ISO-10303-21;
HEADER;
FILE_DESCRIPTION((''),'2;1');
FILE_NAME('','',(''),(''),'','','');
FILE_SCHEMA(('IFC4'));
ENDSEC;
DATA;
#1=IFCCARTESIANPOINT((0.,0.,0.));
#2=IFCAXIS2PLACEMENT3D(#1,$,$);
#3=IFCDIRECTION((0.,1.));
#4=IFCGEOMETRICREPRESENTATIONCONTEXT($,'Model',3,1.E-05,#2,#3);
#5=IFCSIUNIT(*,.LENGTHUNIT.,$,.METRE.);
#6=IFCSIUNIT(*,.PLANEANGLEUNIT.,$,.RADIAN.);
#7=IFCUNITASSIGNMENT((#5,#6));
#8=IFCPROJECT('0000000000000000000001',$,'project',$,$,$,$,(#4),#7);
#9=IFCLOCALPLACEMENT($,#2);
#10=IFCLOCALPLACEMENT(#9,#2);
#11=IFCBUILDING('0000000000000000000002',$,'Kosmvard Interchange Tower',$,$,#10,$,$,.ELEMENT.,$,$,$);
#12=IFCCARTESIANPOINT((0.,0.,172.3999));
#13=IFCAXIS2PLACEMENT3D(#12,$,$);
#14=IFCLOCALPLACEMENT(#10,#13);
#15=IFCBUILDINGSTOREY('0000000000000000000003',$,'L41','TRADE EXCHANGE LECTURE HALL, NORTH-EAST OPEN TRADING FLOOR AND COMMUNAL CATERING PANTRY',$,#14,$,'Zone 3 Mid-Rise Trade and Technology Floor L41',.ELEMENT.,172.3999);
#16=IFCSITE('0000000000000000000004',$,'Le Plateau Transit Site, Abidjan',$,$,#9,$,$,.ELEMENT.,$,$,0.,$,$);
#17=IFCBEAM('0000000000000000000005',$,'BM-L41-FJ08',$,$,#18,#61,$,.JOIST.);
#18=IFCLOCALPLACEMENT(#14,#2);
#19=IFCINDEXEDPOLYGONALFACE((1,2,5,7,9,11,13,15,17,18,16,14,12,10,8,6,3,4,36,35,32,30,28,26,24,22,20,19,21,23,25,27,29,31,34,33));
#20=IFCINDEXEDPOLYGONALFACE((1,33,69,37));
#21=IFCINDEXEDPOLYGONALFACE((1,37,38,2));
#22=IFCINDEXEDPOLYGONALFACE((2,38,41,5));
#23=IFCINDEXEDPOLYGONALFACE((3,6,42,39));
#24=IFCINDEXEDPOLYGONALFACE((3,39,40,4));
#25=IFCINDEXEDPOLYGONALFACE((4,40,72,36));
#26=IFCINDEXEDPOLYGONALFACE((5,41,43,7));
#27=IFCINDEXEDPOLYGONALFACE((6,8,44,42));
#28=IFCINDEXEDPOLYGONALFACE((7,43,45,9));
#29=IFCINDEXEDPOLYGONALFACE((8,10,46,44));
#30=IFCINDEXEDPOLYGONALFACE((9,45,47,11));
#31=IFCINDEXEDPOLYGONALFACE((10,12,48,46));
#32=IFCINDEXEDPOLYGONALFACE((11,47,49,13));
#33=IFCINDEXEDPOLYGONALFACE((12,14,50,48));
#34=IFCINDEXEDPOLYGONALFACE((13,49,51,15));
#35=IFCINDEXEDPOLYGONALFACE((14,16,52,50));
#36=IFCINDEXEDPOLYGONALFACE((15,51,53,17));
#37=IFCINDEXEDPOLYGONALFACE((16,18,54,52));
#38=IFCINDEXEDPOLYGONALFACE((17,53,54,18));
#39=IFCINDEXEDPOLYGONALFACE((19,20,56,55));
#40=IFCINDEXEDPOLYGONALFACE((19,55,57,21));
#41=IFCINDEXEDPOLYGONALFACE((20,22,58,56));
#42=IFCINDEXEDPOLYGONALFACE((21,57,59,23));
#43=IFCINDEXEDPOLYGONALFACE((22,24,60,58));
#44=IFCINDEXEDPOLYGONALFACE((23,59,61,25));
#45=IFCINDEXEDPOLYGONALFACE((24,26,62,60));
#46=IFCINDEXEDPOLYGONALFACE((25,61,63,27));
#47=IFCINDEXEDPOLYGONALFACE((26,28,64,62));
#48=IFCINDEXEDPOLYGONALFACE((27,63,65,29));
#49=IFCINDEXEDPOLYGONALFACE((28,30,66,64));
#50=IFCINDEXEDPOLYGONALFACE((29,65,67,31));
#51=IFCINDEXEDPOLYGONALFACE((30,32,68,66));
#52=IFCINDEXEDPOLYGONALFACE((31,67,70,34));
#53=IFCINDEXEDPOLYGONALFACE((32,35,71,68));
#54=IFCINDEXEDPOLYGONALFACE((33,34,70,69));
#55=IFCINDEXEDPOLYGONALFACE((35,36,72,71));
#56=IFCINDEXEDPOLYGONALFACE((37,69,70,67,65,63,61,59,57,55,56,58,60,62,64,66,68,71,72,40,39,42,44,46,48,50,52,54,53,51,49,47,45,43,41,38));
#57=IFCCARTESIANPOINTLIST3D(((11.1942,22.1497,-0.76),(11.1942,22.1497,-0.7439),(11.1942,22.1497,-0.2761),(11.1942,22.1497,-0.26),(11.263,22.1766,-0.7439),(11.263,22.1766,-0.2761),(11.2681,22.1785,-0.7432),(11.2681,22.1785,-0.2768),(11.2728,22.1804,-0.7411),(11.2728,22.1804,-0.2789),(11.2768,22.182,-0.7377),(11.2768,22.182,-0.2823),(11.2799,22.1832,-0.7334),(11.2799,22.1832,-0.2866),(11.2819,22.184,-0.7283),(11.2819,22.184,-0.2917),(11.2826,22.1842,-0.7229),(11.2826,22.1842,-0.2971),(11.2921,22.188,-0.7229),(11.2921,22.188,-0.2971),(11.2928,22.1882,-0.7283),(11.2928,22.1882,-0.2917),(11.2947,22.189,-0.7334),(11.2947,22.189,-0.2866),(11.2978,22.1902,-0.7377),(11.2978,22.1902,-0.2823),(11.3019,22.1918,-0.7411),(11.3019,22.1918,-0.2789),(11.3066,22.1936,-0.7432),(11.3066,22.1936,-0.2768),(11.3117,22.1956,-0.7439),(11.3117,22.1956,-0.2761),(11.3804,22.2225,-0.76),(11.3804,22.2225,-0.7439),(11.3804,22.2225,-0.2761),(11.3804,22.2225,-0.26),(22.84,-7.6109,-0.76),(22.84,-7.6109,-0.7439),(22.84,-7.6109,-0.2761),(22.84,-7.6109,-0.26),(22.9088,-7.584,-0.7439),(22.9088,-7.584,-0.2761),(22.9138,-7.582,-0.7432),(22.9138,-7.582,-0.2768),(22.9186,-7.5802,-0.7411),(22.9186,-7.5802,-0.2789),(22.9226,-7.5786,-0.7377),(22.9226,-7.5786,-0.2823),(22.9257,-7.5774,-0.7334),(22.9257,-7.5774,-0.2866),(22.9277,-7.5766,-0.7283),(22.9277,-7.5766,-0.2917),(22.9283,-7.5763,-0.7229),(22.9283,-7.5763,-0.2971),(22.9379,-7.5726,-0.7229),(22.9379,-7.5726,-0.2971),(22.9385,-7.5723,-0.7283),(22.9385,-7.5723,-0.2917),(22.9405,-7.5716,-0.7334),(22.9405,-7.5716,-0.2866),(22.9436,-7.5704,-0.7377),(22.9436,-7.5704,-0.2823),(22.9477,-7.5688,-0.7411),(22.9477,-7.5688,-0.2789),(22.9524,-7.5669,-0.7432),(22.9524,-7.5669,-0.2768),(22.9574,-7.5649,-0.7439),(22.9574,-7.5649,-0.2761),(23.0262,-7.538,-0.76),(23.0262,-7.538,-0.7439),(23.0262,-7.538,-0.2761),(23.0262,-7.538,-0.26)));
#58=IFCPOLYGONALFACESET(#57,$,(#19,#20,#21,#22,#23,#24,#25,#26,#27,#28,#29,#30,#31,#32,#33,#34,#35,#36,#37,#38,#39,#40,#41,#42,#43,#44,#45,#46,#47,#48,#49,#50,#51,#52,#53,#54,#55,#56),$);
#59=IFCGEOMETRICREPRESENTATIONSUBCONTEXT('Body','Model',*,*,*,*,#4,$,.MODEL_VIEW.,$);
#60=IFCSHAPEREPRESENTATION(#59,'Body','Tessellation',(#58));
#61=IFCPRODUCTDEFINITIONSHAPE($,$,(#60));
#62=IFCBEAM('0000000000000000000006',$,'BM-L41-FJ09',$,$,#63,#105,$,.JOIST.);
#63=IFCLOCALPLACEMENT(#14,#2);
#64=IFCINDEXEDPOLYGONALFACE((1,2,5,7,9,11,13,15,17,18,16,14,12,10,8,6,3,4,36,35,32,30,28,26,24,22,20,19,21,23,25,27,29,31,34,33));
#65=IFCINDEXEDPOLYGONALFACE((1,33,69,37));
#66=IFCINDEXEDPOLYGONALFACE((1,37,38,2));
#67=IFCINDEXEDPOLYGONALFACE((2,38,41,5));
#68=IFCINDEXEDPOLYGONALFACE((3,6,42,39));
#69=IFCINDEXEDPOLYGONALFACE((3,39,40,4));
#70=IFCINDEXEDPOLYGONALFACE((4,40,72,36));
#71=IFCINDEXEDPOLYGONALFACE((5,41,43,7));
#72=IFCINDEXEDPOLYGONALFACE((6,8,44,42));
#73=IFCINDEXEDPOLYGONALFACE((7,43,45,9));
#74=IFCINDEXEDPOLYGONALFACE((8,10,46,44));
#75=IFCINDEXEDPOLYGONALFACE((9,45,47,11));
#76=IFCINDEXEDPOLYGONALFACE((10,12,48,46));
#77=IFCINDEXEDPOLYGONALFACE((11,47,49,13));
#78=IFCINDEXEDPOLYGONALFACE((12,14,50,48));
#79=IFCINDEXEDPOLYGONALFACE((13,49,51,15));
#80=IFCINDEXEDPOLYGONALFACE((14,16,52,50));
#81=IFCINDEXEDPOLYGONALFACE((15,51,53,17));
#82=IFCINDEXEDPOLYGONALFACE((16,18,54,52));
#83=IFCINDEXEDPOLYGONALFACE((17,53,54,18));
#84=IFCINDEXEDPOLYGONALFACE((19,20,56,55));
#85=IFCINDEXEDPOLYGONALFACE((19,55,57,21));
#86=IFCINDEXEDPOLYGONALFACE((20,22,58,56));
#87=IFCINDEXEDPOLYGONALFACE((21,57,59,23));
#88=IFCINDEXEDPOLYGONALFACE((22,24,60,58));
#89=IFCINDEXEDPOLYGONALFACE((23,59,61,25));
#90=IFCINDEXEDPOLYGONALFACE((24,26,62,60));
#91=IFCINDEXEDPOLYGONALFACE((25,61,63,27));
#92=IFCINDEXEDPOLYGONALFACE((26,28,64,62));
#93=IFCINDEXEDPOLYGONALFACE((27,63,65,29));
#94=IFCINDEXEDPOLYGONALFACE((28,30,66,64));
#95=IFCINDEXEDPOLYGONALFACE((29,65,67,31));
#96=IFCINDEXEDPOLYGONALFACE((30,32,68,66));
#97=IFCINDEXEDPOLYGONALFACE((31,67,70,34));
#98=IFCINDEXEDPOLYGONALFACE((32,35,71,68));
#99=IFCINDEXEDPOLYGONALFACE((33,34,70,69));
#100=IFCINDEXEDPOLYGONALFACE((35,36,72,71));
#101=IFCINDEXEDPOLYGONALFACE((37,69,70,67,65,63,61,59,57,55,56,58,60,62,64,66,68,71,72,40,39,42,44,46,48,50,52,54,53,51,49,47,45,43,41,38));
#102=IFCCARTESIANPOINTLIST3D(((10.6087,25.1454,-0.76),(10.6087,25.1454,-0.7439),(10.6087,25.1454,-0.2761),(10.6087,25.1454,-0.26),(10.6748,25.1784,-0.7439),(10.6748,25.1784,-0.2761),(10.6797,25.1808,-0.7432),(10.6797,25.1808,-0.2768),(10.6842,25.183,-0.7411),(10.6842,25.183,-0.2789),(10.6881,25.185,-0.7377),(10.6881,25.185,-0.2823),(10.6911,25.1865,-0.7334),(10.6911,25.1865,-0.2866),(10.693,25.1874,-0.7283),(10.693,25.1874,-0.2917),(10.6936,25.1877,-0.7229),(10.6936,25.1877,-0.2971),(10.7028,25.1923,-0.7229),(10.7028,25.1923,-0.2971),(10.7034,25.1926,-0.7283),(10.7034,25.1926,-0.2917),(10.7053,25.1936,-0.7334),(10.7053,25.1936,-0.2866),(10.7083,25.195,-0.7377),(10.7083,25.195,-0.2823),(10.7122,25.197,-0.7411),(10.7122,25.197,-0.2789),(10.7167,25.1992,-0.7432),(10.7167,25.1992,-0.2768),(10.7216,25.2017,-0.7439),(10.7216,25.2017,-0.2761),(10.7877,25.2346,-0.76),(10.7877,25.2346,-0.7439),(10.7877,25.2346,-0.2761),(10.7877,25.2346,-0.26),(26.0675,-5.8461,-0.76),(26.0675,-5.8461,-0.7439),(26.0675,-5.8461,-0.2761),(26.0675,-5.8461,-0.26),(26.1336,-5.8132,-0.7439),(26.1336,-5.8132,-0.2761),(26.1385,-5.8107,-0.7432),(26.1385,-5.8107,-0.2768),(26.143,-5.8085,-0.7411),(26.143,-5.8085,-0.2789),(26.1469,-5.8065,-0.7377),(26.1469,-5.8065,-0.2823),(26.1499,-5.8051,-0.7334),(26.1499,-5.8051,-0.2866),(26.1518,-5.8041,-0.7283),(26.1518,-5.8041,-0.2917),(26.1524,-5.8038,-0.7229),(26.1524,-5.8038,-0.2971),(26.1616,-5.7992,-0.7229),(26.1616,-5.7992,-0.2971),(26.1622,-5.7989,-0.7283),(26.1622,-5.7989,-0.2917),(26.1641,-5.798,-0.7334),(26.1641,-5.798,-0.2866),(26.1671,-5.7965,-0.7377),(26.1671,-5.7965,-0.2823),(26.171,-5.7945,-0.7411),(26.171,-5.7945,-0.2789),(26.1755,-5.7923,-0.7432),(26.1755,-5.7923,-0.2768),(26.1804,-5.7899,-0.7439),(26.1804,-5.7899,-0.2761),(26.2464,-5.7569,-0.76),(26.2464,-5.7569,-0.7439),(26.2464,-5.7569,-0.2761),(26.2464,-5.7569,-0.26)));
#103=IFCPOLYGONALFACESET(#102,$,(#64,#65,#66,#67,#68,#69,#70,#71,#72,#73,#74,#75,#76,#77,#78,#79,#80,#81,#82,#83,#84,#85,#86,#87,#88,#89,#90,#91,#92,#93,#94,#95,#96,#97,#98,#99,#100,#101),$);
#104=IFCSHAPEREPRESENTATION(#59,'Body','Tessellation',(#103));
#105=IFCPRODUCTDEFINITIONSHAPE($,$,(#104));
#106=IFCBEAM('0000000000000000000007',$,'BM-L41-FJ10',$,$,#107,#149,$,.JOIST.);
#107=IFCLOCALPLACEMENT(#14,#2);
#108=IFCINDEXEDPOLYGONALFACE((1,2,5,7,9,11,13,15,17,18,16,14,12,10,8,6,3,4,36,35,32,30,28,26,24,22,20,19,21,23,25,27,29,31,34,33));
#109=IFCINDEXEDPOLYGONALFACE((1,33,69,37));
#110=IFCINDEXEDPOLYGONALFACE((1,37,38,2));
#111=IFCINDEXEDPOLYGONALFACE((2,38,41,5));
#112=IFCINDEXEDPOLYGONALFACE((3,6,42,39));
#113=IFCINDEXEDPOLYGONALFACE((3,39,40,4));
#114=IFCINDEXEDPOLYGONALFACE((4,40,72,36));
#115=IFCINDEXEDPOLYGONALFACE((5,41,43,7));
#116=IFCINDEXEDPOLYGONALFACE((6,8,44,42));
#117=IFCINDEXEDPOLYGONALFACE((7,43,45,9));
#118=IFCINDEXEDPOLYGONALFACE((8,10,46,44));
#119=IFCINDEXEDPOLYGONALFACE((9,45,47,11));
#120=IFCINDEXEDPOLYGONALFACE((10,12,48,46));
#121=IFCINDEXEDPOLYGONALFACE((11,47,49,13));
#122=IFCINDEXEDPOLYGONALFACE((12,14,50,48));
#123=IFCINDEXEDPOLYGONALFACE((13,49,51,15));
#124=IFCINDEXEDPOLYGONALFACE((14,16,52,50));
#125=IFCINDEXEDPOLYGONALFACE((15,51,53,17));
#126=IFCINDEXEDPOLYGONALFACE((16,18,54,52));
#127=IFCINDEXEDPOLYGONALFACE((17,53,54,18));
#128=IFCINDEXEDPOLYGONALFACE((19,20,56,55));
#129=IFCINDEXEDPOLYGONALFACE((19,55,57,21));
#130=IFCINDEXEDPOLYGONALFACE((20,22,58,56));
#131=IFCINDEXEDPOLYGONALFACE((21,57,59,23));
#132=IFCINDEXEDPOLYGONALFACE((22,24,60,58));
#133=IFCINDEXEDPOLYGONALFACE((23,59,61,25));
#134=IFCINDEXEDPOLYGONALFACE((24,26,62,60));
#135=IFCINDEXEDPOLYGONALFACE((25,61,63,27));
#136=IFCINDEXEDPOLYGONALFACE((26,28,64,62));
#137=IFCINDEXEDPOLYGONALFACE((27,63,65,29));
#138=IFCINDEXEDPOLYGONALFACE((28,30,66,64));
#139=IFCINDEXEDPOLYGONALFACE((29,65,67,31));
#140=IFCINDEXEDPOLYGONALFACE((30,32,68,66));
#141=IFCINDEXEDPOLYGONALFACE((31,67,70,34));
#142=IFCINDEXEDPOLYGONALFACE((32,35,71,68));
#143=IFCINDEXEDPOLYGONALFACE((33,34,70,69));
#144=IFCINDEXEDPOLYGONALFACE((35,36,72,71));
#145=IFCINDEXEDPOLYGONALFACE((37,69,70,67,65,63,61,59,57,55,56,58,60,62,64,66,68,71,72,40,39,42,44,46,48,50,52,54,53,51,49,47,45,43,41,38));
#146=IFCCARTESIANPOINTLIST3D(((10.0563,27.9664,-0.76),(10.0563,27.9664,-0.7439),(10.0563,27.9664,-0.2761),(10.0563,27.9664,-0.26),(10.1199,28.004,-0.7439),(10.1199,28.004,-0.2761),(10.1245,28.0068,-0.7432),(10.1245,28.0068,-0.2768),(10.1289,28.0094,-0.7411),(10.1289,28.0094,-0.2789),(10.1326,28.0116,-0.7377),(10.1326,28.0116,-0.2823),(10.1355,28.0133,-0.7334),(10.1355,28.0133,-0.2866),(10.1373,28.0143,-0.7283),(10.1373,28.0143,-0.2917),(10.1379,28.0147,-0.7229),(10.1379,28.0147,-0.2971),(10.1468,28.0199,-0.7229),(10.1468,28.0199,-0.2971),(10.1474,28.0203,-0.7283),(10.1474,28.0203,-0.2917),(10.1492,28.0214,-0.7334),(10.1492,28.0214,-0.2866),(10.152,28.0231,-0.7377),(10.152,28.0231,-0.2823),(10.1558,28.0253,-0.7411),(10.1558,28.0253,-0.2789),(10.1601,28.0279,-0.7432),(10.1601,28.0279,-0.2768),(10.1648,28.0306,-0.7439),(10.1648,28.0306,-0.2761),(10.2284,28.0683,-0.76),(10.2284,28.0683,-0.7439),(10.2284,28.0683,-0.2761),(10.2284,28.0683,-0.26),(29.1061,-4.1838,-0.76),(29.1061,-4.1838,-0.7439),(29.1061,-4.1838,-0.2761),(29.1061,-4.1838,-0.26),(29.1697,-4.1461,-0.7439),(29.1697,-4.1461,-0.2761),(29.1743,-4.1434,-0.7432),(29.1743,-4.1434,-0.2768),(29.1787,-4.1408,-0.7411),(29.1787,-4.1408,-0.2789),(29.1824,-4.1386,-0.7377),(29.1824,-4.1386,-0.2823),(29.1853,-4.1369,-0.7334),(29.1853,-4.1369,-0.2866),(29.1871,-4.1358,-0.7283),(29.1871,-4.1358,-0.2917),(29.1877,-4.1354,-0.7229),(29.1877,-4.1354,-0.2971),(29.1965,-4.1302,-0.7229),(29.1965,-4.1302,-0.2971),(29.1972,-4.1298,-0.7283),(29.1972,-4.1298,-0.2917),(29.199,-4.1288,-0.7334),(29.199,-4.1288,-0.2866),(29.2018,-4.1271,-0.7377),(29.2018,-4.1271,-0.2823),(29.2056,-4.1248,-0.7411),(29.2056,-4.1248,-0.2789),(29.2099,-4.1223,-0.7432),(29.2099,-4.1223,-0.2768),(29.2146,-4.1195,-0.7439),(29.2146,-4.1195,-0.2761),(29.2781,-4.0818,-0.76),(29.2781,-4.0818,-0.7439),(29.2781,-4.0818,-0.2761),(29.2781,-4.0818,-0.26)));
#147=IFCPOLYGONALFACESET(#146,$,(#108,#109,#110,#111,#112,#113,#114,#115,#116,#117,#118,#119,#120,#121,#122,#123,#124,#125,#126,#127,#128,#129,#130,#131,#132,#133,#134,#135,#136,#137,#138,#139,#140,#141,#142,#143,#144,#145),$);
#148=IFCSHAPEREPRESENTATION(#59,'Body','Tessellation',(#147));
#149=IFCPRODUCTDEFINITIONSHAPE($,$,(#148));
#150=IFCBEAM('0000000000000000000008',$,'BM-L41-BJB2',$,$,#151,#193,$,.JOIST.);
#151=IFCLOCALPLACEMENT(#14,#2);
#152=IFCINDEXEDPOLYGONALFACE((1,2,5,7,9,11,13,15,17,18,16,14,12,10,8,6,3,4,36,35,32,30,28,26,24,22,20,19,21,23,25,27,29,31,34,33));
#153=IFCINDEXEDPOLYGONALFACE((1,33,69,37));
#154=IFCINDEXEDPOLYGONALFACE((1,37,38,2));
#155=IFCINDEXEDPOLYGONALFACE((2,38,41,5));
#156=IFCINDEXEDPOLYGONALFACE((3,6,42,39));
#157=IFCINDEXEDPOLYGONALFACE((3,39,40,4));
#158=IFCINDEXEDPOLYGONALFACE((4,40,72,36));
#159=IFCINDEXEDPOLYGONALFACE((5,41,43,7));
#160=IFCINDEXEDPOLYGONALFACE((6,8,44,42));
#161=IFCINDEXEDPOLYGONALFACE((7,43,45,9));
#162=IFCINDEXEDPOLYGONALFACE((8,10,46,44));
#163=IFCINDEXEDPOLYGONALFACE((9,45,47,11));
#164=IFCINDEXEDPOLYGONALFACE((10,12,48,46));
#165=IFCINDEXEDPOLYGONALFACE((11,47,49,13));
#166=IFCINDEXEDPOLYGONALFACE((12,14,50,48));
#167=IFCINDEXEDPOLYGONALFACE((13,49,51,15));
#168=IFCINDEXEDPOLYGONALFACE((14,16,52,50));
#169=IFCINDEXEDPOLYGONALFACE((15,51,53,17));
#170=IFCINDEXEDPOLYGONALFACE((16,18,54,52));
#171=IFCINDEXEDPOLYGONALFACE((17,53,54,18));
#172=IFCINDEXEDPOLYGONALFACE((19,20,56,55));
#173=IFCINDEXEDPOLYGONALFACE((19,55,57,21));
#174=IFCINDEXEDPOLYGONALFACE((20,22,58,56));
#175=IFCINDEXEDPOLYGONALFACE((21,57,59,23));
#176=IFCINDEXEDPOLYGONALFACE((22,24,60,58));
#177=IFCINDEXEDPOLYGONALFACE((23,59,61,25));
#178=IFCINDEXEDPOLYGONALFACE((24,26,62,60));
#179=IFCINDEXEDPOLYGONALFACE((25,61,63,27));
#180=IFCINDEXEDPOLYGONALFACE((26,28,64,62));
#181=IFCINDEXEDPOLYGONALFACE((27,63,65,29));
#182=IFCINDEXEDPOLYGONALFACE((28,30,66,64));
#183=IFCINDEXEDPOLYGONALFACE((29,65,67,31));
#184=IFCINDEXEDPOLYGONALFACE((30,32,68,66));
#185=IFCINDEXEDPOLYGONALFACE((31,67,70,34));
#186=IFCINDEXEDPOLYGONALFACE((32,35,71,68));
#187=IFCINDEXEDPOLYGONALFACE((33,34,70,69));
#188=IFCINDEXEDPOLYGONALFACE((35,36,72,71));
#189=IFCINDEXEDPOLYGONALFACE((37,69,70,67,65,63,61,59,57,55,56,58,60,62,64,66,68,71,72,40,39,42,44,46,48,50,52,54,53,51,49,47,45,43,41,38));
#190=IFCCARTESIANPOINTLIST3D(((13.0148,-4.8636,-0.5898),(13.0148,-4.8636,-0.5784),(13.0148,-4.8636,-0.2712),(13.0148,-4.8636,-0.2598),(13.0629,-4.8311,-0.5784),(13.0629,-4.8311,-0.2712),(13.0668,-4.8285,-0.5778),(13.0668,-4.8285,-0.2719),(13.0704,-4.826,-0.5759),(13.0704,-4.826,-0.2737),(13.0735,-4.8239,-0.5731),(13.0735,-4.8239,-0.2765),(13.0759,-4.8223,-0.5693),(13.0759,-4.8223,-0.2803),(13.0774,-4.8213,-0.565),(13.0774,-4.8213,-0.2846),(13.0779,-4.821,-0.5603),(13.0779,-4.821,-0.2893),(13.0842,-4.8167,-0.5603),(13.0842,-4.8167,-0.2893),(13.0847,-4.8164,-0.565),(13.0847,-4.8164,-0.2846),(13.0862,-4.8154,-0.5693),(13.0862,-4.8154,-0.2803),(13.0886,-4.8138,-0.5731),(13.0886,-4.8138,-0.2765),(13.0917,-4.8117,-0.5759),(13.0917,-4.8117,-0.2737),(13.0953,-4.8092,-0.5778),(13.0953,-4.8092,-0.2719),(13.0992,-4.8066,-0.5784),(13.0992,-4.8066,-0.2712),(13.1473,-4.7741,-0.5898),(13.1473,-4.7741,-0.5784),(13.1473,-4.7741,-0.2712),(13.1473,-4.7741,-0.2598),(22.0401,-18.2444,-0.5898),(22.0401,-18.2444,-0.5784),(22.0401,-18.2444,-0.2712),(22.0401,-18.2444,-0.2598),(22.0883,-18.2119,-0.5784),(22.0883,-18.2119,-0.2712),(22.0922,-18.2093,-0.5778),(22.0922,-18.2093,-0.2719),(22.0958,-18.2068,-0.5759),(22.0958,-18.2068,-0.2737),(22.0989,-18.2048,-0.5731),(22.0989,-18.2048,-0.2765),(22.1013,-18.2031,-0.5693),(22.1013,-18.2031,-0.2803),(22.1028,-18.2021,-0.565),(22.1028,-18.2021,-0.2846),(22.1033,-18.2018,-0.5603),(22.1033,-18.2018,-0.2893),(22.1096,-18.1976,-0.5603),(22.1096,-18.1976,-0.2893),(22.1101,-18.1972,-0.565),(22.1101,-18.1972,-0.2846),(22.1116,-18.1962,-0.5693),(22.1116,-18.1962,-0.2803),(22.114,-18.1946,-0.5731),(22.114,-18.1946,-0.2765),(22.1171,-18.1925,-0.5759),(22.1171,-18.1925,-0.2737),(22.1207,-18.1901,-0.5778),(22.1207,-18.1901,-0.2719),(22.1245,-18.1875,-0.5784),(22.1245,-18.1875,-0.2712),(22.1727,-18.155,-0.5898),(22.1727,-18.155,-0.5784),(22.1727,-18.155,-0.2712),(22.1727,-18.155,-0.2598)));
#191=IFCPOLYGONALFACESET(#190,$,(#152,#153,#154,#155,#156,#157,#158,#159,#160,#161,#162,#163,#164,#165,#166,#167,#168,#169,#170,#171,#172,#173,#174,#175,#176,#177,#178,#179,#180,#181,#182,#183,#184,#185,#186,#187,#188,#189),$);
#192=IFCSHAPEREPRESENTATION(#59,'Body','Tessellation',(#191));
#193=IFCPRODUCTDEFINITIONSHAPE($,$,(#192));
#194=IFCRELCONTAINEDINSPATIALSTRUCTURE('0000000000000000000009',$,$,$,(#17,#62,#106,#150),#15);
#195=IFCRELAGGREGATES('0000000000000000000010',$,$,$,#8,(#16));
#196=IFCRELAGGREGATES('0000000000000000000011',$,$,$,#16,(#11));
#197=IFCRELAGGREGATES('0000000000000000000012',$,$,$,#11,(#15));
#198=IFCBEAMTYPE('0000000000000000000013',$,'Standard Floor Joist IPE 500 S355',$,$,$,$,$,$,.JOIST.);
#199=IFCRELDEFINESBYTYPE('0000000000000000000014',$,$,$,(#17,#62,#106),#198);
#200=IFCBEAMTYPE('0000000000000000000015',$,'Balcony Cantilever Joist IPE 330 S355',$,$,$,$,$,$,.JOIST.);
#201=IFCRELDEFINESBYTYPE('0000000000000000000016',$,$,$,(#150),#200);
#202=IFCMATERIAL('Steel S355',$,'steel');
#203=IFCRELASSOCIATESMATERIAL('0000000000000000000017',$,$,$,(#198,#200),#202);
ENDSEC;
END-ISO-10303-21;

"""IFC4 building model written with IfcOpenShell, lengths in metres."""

from ifc_helpers import new_model, si_unit, direction, frame, origin, origin_2d, place, context, subcontext, project, spatial, i_section, extrude, source, transform, mapped, material, material_profile, profile_set, type_object, element, save


model = new_model("IFC4")

# Units and contexts
model_context = context("Model", 3, precision=1e-05, world=origin(), true_north=direction((0.0, 1.0)))
body_context = subcontext(model_context, "Body", "Model", "MODEL_VIEW")
ifc_project = project(units=[si_unit("LENGTHUNIT", "METRE"), si_unit("PLANEANGLEUNIT", "RADIAN")], contexts=[model_context])

# Site, building, storey
site_placement = place(None, origin())
site = spatial("IfcSite", under=ifc_project, at=site_placement, Name="Le Plateau Transit Site, Abidjan", CompositionType="ELEMENT", RefElevation=0.0)
building_placement = place(site_placement, origin())
building = spatial("IfcBuilding", under=site, at=building_placement, Name="Kosmvard Interchange Tower", CompositionType="ELEMENT")
storey_placement = place(building_placement, frame((0.0, 0.0, 172.3999)))
storey = spatial("IfcBuildingStorey", under=building, at=storey_placement, Name="L41", Description="TRADE EXCHANGE LECTURE HALL, NORTH-EAST OPEN TRADING FLOOR AND COMMUNAL CATERING PANTRY", LongName="Zone 3 Mid-Rise Trade and Technology Floor L41", CompositionType="ELEMENT", Elevation=172.3999)

# Beams
ifc_material_1 = material(Name="Steel S355", Category="steel")
ifc_material_profile_1 = material_profile(ifc_material_1, i_section(OverallWidth=0.2, OverallDepth=0.5, WebThickness=0.0103, FlangeThickness=0.0161, FilletRadius=0.021, at=origin_2d()), Name="IPE 500")
ifc_profile_set_1 = profile_set([ifc_material_profile_1], Name="Steel S355")
beam_type_1 = type_object("IfcBeamType", Name="Standard Floor Joist IPE 500 S355", PredefinedType="JOIST", material=ifc_profile_set_1)
shared_shape_1 = source(origin(), body_context, "Body", "SweptSolid", [
    extrude(i_section(OverallWidth=0.2, OverallDepth=0.5, WebThickness=0.0103, FlangeThickness=0.0161, FilletRadius=0.021, at=origin_2d()), origin(), (0.0, 0.0, 1.0), 31.958),
])
beam_1_placement = place(storey_placement, frame((22.9331, -7.5745, -0.51), z_axis=(-0.364409, 0.931239, 0.0), x_axis=(-0.931239, -0.364409, 0.0)))
element("IfcBeam", 1, at=beam_1_placement, inside=storey, type_object=beam_type_1, Name="BM-L41-FJ08", PredefinedType="JOIST", context=body_context, shape_type="MappedRepresentation", body=[
    mapped(shared_shape_1, transform((0.0, 0.0, 0.0), scale=1.0)),
])
shared_shape_2 = source(origin(), body_context, "Body", "SweptSolid", [
    extrude(i_section(OverallWidth=0.2, OverallDepth=0.5, WebThickness=0.0103, FlangeThickness=0.0161, FilletRadius=0.021, at=origin_2d()), origin(), (0.0, 0.0, 1.0), 34.6331),
])
beam_2_placement = place(storey_placement, frame((26.157, -5.8015, -0.51), z_axis=(-0.446359, 0.894854, 0.0), x_axis=(-0.894854, -0.446359, 0.0)))
element("IfcBeam", 2, at=beam_2_placement, inside=storey, type_object=beam_type_1, Name="BM-L41-FJ09", PredefinedType="JOIST", context=body_context, shape_type="MappedRepresentation", body=[
    mapped(shared_shape_2, transform((0.0, 0.0, 0.0), scale=1.0)),
])
shared_shape_3 = source(origin(), body_context, "Body", "SweptSolid", [
    extrude(i_section(OverallWidth=0.2, OverallDepth=0.5, WebThickness=0.0103, FlangeThickness=0.0161, FilletRadius=0.021, at=origin_2d()), origin(), (0.0, 0.0, 1.0), 37.3701),
])
beam_3_placement = place(storey_placement, frame((29.1921, -4.1328, -0.51), z_axis=(-0.50976, 0.860317, 0.0), x_axis=(-0.860317, -0.50976, 0.0)))
element("IfcBeam", 3, at=beam_3_placement, inside=storey, type_object=beam_type_1, Name="BM-L41-FJ10", PredefinedType="JOIST", context=body_context, shape_type="MappedRepresentation", body=[
    mapped(shared_shape_3, transform((0.0, 0.0, 0.0), scale=1.0)),
])
ifc_material_profile_2 = material_profile(ifc_material_1, i_section(OverallWidth=0.1599, OverallDepth=0.3301, WebThickness=0.0076, FlangeThickness=0.0115, FilletRadius=0.0181, at=origin_2d()), Name="IPE 330")
ifc_profile_set_2 = profile_set([ifc_material_profile_2], Name="Steel S355")
beam_type_2 = type_object("IfcBeamType", Name="Balcony Cantilever Joist IPE 330 S355", PredefinedType="JOIST", material=ifc_profile_set_2)
shared_shape_4 = source(origin(), body_context, "Body", "SweptSolid", [
    extrude(i_section(OverallWidth=0.1599, OverallDepth=0.3301, WebThickness=0.0076, FlangeThickness=0.0115, FilletRadius=0.0181, at=origin_2d()), origin(), (0.0, 0.0, 1.0), 16.1401),
])
beam_4_placement = place(storey_placement, frame((13.0811, -4.8188, -0.4248), z_axis=(0.559188, -0.829041, 0.0), x_axis=(0.829041, 0.559188, 0.0)))
element("IfcBeam", 4, at=beam_4_placement, inside=storey, type_object=beam_type_2, Name="BM-L41-BJB2", PredefinedType="JOIST", context=body_context, shape_type="MappedRepresentation", body=[
    mapped(shared_shape_4, transform((0.0, 0.0, 0.0), scale=1.0)),
])

save(model, "model.ifc")
